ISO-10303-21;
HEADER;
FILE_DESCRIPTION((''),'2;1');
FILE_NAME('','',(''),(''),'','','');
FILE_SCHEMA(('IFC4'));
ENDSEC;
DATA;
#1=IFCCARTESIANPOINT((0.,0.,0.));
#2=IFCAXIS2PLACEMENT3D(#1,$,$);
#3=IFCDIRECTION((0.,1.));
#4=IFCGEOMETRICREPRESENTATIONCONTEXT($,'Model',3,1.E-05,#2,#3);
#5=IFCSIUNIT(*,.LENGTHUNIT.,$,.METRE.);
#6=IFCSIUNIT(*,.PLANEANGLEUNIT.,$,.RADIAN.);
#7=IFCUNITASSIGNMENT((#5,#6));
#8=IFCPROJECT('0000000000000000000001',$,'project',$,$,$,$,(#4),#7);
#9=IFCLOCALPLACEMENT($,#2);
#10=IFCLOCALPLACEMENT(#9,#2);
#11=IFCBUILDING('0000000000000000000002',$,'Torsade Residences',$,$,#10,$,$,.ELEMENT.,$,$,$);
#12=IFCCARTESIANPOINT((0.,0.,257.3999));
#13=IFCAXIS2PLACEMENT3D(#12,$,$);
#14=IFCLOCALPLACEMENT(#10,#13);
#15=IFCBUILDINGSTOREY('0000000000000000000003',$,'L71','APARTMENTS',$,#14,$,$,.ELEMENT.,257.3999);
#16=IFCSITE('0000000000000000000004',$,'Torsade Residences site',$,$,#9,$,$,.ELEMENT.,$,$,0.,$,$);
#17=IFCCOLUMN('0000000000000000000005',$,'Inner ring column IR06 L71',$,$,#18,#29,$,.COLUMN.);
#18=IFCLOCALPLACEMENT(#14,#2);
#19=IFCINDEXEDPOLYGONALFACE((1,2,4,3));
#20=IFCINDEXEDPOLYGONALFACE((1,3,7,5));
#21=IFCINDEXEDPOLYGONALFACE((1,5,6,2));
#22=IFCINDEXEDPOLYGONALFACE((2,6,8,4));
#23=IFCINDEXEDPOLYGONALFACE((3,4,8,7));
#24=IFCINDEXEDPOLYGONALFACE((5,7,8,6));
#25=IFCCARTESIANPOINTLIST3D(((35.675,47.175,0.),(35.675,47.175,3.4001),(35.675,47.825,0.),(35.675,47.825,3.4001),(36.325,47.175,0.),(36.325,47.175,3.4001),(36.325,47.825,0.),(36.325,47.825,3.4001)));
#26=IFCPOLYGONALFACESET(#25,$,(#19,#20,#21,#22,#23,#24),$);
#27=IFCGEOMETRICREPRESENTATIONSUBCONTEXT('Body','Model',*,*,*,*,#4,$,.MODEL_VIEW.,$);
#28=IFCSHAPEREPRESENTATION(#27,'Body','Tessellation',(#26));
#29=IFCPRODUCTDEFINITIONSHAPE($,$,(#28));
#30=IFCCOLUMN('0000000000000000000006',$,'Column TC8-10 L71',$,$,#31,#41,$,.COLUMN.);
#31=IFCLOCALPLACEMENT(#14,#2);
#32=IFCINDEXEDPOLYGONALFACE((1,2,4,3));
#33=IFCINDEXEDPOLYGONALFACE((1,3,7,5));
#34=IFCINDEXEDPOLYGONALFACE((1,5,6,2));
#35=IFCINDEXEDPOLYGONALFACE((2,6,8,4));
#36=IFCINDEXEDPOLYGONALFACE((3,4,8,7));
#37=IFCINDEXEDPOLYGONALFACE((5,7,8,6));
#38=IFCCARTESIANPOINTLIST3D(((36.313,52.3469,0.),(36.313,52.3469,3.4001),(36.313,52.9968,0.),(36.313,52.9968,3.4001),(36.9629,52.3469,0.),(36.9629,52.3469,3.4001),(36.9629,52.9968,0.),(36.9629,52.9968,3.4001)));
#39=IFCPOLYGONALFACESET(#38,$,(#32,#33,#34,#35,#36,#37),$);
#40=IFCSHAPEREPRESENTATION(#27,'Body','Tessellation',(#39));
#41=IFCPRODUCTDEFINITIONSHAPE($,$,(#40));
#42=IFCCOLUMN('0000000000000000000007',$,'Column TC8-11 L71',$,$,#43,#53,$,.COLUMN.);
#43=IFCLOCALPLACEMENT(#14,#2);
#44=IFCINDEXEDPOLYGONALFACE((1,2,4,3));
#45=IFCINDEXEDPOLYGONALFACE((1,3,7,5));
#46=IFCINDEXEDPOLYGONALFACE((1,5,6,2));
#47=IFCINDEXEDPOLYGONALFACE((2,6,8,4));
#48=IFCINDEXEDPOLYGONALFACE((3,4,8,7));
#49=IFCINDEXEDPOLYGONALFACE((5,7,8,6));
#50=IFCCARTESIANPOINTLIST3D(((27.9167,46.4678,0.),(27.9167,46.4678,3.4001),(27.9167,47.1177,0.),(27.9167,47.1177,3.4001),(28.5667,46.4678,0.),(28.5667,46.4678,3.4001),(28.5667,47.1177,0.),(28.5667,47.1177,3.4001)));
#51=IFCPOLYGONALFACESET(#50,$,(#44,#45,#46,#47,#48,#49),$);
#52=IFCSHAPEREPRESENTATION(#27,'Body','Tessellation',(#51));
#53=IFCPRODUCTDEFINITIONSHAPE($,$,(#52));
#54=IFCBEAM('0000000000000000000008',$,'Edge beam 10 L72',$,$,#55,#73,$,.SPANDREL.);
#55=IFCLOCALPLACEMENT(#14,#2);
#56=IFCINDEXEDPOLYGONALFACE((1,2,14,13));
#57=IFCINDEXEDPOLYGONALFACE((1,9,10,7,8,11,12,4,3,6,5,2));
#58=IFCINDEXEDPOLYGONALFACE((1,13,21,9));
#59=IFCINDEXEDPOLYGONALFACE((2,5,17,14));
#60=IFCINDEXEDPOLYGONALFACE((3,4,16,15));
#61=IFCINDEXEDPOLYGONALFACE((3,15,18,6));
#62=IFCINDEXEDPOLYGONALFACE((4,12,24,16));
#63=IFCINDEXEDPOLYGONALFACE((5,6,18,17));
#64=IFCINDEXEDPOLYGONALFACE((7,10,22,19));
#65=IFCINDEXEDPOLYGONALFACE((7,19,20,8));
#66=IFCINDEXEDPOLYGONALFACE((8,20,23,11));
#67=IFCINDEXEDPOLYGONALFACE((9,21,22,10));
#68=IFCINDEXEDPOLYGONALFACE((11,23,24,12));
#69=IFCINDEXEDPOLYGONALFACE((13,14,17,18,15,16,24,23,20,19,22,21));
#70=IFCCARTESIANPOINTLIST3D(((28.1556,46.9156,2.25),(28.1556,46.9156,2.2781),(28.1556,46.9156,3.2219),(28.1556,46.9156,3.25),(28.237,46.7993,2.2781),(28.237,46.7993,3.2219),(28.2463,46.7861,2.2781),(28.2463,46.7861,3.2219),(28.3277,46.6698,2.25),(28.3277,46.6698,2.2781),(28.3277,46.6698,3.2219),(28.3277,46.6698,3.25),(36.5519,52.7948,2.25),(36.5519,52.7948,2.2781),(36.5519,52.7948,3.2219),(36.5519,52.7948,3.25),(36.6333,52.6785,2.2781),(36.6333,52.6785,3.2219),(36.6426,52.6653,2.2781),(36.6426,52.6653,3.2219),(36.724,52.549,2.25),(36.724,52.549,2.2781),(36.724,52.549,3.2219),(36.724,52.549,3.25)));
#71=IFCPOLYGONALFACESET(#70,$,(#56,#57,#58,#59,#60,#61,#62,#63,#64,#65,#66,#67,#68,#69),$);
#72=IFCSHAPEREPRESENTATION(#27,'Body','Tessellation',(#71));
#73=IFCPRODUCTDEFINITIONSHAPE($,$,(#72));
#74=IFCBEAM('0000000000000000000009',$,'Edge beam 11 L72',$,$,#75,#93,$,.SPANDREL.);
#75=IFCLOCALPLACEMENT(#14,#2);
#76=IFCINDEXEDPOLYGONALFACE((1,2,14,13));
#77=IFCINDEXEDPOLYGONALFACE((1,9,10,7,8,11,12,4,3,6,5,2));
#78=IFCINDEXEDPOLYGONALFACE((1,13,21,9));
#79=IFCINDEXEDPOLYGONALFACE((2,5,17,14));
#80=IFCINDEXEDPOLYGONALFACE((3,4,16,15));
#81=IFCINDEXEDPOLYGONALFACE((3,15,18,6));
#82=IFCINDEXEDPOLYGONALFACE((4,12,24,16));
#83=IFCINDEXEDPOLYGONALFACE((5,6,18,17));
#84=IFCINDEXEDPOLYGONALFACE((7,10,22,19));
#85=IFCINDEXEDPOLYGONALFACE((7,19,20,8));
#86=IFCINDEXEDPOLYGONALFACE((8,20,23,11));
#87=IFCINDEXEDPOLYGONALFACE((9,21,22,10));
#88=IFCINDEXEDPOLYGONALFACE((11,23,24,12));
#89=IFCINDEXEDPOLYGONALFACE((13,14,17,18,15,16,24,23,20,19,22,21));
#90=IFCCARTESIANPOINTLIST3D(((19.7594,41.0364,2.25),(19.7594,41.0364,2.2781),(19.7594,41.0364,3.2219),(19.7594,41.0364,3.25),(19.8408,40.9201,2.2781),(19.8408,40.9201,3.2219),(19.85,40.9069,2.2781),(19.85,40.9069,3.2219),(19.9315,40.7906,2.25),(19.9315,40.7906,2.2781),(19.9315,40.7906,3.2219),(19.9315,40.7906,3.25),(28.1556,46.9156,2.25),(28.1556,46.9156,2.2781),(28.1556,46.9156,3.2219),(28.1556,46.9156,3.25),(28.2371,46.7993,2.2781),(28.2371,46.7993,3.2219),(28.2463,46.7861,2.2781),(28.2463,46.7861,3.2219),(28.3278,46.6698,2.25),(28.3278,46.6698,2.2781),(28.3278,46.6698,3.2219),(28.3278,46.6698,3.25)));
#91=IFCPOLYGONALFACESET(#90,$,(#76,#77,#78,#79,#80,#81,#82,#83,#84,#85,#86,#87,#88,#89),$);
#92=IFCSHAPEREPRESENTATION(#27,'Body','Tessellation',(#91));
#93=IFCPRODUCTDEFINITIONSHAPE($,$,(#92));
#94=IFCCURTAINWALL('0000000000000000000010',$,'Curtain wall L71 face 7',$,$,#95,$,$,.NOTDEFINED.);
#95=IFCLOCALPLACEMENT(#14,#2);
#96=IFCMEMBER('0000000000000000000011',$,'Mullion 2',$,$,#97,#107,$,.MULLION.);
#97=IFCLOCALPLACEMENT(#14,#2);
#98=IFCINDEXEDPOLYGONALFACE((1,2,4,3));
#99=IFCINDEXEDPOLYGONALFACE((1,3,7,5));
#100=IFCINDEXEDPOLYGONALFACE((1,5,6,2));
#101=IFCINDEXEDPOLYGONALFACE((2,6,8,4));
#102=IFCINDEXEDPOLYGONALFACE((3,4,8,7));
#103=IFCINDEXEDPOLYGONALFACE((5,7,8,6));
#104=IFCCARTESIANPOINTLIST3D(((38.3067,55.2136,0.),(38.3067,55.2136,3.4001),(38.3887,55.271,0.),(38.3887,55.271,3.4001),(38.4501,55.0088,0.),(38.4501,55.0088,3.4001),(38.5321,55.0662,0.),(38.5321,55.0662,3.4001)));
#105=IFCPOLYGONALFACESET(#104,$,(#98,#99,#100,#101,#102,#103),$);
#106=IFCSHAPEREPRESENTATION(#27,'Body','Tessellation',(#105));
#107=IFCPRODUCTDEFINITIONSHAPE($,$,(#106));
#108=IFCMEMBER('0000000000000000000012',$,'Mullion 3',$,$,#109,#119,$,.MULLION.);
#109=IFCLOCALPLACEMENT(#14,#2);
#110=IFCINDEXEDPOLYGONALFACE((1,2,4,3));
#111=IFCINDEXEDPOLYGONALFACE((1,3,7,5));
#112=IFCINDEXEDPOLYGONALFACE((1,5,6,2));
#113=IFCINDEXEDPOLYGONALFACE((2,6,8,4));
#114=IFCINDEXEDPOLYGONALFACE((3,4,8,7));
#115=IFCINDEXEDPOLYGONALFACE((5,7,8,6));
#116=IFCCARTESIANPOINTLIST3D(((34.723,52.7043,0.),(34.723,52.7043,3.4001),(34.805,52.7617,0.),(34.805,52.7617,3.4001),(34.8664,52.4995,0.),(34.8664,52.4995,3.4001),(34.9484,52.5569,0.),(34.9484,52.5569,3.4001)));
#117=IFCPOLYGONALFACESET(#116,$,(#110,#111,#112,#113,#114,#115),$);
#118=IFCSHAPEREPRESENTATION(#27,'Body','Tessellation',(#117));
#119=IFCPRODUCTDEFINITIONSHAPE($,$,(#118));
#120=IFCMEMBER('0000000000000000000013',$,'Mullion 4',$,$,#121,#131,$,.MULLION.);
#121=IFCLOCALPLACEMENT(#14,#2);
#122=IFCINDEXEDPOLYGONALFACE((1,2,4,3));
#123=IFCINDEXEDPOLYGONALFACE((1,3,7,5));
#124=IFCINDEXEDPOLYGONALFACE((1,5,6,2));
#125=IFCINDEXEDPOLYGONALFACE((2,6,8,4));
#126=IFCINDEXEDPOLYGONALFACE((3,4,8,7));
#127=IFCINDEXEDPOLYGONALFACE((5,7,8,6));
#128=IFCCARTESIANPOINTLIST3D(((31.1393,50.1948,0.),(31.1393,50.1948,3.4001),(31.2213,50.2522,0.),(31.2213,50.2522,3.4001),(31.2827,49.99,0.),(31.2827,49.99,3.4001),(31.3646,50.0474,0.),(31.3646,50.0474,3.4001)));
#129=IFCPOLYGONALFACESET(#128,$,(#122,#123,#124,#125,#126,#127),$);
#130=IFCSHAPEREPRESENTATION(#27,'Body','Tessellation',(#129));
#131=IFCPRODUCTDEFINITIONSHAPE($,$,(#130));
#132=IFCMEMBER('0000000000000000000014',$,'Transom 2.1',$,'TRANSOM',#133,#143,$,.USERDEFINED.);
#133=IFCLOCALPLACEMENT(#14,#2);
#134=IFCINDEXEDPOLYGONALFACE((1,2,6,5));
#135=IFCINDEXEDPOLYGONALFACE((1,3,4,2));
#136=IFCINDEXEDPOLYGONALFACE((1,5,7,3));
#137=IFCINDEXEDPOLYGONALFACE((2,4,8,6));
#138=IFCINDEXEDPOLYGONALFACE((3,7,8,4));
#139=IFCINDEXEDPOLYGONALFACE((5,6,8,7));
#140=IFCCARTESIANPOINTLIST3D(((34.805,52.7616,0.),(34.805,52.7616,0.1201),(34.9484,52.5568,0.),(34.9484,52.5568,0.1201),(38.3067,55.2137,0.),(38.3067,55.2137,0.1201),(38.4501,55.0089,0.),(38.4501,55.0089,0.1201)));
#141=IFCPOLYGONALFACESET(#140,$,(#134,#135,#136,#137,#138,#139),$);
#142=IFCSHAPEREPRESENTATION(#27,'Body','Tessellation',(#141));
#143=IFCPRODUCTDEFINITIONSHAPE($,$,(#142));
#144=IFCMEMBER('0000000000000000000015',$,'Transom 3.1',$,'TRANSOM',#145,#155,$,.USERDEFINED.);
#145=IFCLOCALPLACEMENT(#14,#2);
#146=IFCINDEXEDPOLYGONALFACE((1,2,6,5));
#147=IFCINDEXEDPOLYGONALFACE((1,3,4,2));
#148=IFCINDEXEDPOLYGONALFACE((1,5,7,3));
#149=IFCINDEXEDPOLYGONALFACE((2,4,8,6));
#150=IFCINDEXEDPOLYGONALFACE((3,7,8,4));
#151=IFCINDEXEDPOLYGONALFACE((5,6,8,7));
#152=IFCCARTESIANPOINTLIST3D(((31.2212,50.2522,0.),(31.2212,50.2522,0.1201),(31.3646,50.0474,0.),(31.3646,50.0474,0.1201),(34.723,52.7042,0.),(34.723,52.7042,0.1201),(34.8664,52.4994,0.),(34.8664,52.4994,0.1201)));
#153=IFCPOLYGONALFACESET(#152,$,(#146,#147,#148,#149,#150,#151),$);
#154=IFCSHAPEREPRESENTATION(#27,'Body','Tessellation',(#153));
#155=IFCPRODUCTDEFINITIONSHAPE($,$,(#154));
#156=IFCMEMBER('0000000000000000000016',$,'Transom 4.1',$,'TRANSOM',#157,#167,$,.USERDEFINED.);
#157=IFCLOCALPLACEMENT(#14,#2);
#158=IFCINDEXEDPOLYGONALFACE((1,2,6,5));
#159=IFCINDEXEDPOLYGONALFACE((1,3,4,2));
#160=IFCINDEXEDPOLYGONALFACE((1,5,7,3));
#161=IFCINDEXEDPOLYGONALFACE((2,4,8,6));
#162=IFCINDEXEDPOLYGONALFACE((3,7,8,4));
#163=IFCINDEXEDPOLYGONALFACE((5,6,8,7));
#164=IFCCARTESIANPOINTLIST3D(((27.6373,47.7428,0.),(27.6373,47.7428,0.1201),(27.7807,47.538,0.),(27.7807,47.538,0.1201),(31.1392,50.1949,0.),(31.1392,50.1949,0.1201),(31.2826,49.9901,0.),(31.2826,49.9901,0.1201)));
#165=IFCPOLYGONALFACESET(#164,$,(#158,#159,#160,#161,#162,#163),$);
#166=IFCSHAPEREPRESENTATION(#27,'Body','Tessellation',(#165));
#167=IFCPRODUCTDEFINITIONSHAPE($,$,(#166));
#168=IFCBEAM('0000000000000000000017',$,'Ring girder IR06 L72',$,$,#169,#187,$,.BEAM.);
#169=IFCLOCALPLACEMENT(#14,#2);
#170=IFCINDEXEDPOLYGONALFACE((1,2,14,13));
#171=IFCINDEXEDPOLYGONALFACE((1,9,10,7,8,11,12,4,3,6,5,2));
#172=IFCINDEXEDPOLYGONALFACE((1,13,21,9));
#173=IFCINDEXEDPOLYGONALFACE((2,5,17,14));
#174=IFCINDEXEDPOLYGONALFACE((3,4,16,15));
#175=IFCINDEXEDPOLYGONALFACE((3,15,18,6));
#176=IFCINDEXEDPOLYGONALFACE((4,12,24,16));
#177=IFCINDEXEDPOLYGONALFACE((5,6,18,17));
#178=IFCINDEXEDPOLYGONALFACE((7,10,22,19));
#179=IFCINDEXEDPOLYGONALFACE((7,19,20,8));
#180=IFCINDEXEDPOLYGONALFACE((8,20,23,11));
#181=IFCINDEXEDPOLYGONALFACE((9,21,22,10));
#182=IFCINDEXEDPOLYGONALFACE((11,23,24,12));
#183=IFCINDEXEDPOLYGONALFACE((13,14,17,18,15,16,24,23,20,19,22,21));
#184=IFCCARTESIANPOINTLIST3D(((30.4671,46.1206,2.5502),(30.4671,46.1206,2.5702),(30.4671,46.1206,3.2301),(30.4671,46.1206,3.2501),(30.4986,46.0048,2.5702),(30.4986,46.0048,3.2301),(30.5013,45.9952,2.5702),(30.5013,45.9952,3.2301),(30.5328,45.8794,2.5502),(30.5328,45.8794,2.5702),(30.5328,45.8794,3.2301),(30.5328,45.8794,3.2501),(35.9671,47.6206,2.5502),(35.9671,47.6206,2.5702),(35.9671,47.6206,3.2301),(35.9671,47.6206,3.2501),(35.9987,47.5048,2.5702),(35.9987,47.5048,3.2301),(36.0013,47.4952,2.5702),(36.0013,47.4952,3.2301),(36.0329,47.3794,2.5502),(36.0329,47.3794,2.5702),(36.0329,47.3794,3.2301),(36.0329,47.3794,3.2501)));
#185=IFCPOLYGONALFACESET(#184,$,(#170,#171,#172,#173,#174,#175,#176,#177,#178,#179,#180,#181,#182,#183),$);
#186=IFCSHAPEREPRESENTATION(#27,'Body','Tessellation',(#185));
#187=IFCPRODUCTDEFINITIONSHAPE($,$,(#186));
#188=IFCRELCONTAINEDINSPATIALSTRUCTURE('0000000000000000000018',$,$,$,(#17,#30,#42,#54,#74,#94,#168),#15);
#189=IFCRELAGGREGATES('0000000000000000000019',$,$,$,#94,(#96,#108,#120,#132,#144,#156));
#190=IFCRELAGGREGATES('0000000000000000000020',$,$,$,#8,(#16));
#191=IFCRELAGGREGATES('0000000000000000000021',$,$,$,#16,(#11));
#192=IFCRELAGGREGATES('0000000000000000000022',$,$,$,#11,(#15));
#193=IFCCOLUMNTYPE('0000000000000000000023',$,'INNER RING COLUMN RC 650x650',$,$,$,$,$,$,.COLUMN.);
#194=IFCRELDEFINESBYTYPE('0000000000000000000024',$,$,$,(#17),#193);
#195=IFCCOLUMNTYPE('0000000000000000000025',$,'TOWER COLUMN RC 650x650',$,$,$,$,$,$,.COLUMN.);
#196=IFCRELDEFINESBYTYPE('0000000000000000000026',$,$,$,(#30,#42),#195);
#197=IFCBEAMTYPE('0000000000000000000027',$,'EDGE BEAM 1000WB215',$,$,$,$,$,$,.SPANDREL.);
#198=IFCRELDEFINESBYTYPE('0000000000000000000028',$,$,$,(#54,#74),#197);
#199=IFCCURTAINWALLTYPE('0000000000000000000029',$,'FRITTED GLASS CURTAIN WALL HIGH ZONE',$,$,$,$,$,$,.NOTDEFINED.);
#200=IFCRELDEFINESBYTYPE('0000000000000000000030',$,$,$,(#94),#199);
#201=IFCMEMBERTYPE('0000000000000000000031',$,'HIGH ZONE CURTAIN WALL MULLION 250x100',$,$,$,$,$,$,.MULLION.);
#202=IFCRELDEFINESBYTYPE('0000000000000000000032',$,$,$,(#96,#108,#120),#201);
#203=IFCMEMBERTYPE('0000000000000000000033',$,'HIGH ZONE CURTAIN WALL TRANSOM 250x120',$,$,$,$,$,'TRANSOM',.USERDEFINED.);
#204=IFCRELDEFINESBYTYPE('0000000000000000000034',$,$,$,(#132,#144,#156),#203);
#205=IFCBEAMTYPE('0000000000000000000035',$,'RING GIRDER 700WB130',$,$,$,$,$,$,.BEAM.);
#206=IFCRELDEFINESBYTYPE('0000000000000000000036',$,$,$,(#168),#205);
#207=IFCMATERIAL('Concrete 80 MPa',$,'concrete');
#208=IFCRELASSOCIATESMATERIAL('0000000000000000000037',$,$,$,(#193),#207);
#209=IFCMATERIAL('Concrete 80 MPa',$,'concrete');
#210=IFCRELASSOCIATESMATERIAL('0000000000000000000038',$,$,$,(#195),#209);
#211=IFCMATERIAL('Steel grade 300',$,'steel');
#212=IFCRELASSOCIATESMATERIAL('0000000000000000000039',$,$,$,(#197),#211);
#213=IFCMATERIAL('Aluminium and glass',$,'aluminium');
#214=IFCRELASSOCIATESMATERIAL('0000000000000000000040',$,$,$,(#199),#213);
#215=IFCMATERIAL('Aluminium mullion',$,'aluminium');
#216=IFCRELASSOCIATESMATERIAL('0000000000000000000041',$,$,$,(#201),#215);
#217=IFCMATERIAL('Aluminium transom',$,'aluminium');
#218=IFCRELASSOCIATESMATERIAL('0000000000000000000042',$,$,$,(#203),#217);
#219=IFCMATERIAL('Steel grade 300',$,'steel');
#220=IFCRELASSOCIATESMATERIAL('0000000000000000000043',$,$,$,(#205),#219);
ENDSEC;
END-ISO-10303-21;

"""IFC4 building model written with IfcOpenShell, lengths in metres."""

from ifc_helpers import new_model, si_unit, direction, frame, origin, origin_2d, place, context, subcontext, project, spatial, rectangle, i_section, extrude, material, material_profile, profile_set, type_object, element, aggregate, save


model = new_model("IFC4")

# Units and contexts
model_context = context("Model", 3, precision=1e-05, world=origin(), true_north=direction((0.0, 1.0)))
body_context = subcontext(model_context, "Body", "Model", "MODEL_VIEW")
ifc_project = project(units=[si_unit("LENGTHUNIT", "METRE"), si_unit("PLANEANGLEUNIT", "RADIAN")], contexts=[model_context])

# Site, building, storey
site_placement = place(None, origin())
site = spatial("IfcSite", under=ifc_project, at=site_placement, Name="Torsade Residences site", CompositionType="ELEMENT", RefElevation=0.0)
building_placement = place(site_placement, origin())
building = spatial("IfcBuilding", under=site, at=building_placement, Name="Torsade Residences", CompositionType="ELEMENT")
storey_placement = place(building_placement, frame((0.0, 0.0, 257.3999)))
storey = spatial("IfcBuildingStorey", under=building, at=storey_placement, Name="L71", Description="APARTMENTS", CompositionType="ELEMENT", Elevation=257.3999)

# Columns
ifc_material_1 = material(Name="Concrete 80 MPa", Category="concrete")
ifc_material_profile_1 = material_profile(ifc_material_1, rectangle(XDim=0.6499, YDim=0.6499, at=origin_2d()), Name="RC 650x650")
ifc_profile_set_1 = profile_set([ifc_material_profile_1], Name="Concrete 80 MPa")
column_type_1 = type_object("IfcColumnType", Name="INNER RING COLUMN RC 650x650", PredefinedType="COLUMN", material=ifc_profile_set_1)
column_placement = place(storey_placement, frame((36.0, 47.5, 0.0), z_axis=(0.0, 0.0, 1.0), x_axis=(1.0, 0.0, 0.0)))
element("IfcColumn", 1, at=column_placement, inside=storey, type_object=column_type_1, Name="Inner ring column IR06 L71", PredefinedType="COLUMN", context=body_context, shape_type="SweptSolid", body=[
    extrude(rectangle(XDim=0.6499, YDim=0.6499, at=origin_2d()), origin(), (0.0, 0.0, 1.0), 3.4001),
])
ifc_material_2 = material(Name="Concrete 80 MPa", Category="concrete")
ifc_material_profile_2 = material_profile(ifc_material_2, rectangle(XDim=0.6499, YDim=0.6499, at=origin_2d()), Name="RC 650x650")
ifc_profile_set_2 = profile_set([ifc_material_profile_2], Name="Concrete 80 MPa")
column_type_2 = type_object("IfcColumnType", Name="TOWER COLUMN RC 650x650", PredefinedType="COLUMN", material=ifc_profile_set_2)
for number, where, z_axis, x_axis, name in (
    (2, (36.6379, 52.6719, 0.0), (0.0, 0.0, 1.0), (1.0, 0.0, 0.0), "Column TC8-10 L71"),
    (3, (28.2417, 46.7927, 0.0), (0.0, 0.0, 1.0), (1.0, 0.0, 0.0), "Column TC8-11 L71"),
):
    element("IfcColumn", number, at=place(storey_placement, frame(where, z_axis=z_axis, x_axis=x_axis)), inside=storey, type_object=column_type_2, Name=name, PredefinedType="COLUMN", context=body_context, shape_type="SweptSolid", body=[
        extrude(rectangle(XDim=0.6499, YDim=0.6499, at=origin_2d()), origin(), (0.0, 0.0, 1.0), 3.4001),
    ])

# Beams
ifc_material_3 = material(Name="Steel grade 300", Category="steel")
ifc_material_profile_3 = material_profile(ifc_material_3, i_section(OverallWidth=0.3, OverallDepth=1.0, WebThickness=0.0161, FlangeThickness=0.0281, at=origin_2d()), Name="1000WB215")
ifc_profile_set_3 = profile_set([ifc_material_profile_3], Name="Steel grade 300")
beam_type_1 = type_object("IfcBeamType", Name="EDGE BEAM 1000WB215", PredefinedType="SPANDREL", material=ifc_profile_set_3)
for number, where, z_axis, x_axis, name in (
    (4, (36.6379, 52.6719, 2.75), (-0.81915, -0.573579, 0.0), (0.573579, -0.81915, 0.0), "Edge beam 10 L72"),
    (5, (28.2417, 46.7927, 2.75), (-0.81915, -0.573579, 0.0), (0.573579, -0.81915, 0.0), "Edge beam 11 L72"),
):
    element("IfcBeam", number, at=place(storey_placement, frame(where, z_axis=z_axis, x_axis=x_axis)), inside=storey, type_object=beam_type_1, Name=name, PredefinedType="SPANDREL", context=body_context, shape_type="SweptSolid", body=[
        extrude(i_section(OverallWidth=0.3, OverallDepth=1.0, WebThickness=0.0161, FlangeThickness=0.0281, at=origin_2d()), origin(), (0.0, 0.0, 1.0), 10.25),
    ])

# Curtain wall, members
ifc_material_4 = material(Name="Aluminium and glass", Category="aluminium")
curtain_wall_type = type_object("IfcCurtainWallType", Name="FRITTED GLASS CURTAIN WALL HIGH ZONE", PredefinedType="NOTDEFINED", material=ifc_material_4)
curtain_wall_placement = place(storey_placement, origin())
curtain_wall = element("IfcCurtainWall", 6, at=curtain_wall_placement, inside=storey, type_object=curtain_wall_type, Name="Curtain wall L71 face 7", PredefinedType="NOTDEFINED")
ifc_material_5 = material(Name="Aluminium mullion", Category="aluminium")
ifc_material_profile_4 = material_profile(ifc_material_5, rectangle(XDim=0.25, YDim=0.1001, at=origin_2d()), Name="HIGH ZONE CURTAIN WALL MULLION 250x100")
ifc_profile_set_4 = profile_set([ifc_material_profile_4], Name="Aluminium mullion")
member_type_1 = type_object("IfcMemberType", Name="HIGH ZONE CURTAIN WALL MULLION 250x100", PredefinedType="MULLION", material=ifc_profile_set_4)
member_1_placement = place(storey_placement, frame((38.4194, 55.1399, 0.0), z_axis=(0.0, 0.0, 1.0), x_axis=(0.573576, -0.819152, 0.0)))
member_1 = element("IfcMember", 7, at=member_1_placement, type_object=member_type_1, Name="Mullion 2", PredefinedType="MULLION", context=body_context, shape_type="SweptSolid", body=[
    extrude(rectangle(XDim=0.25, YDim=0.1001, at=origin_2d()), origin(), (0.0, 0.0, 1.0), 3.4001),
])
member_2_placement = place(storey_placement, frame((34.8357, 52.6306, 0.0), z_axis=(0.0, 0.0, 1.0), x_axis=(0.573576, -0.819152, 0.0)))
member_2 = element("IfcMember", 8, at=member_2_placement, type_object=member_type_1, Name="Mullion 3", PredefinedType="MULLION", context=body_context, shape_type="SweptSolid", body=[
    extrude(rectangle(XDim=0.25, YDim=0.1001, at=origin_2d()), origin(), (0.0, 0.0, 1.0), 3.4001),
])
member_3_placement = place(storey_placement, frame((31.252, 50.1211, 0.0), z_axis=(0.0, 0.0, 1.0), x_axis=(0.573576, -0.819152, 0.0)))
member_3 = element("IfcMember", 9, at=member_3_placement, type_object=member_type_1, Name="Mullion 4", PredefinedType="MULLION", context=body_context, shape_type="SweptSolid", body=[
    extrude(rectangle(XDim=0.25, YDim=0.1001, at=origin_2d()), origin(), (0.0, 0.0, 1.0), 3.4001),
])
ifc_material_6 = material(Name="Aluminium transom", Category="aluminium")
ifc_material_profile_5 = material_profile(ifc_material_6, rectangle(XDim=0.25, YDim=0.1201, at=origin_2d()), Name="HIGH ZONE CURTAIN WALL TRANSOM 250x120")
ifc_profile_set_5 = profile_set([ifc_material_profile_5], Name="Aluminium transom")
member_type_2 = type_object("IfcMemberType", Name="HIGH ZONE CURTAIN WALL TRANSOM 250x120", ElementType="TRANSOM", PredefinedType="USERDEFINED", material=ifc_profile_set_5)
member_4_placement = place(storey_placement, frame((38.3784, 55.1113, 0.0601), z_axis=(-0.819127, -0.573612, 0.0), x_axis=(0.573612, -0.819127, 0.0)))
member_4 = element("IfcMember", 10, at=member_4_placement, type_object=member_type_2, Name="Transom 2.1", ObjectType="TRANSOM", PredefinedType="USERDEFINED", context=body_context, shape_type="SweptSolid", body=[
    extrude(rectangle(XDim=0.25, YDim=0.1201, at=origin_2d()), origin(), (0.0, 0.0, 1.0), 4.2749),
])
member_5_placement = place(storey_placement, frame((34.7947, 52.6018, 0.0601), z_axis=(-0.819154, -0.573573, 0.0), x_axis=(0.573573, -0.819154, 0.0)))
member_5 = element("IfcMember", 11, at=member_5_placement, type_object=member_type_2, Name="Transom 3.1", ObjectType="TRANSOM", PredefinedType="USERDEFINED", context=body_context, shape_type="SweptSolid", body=[
    extrude(rectangle(XDim=0.25, YDim=0.1201, at=origin_2d()), origin(), (0.0, 0.0, 1.0), 4.2749),
])
member_6_placement = place(storey_placement, frame((31.2109, 50.0925, 0.0601), z_axis=(-0.819146, -0.573585, 0.0), x_axis=(0.573585, -0.819146, 0.0)))
member_6 = element("IfcMember", 12, at=member_6_placement, type_object=member_type_2, Name="Transom 4.1", ObjectType="TRANSOM", PredefinedType="USERDEFINED", context=body_context, shape_type="SweptSolid", body=[
    extrude(rectangle(XDim=0.25, YDim=0.1201, at=origin_2d()), origin(), (0.0, 0.0, 1.0), 4.2751),
])

# Beam
ifc_material_7 = material(Name="Steel grade 300", Category="steel")
ifc_material_profile_6 = material_profile(ifc_material_7, i_section(OverallWidth=0.25, OverallDepth=0.7, WebThickness=0.01, FlangeThickness=0.02, at=origin_2d()), Name="700WB130")
ifc_profile_set_6 = profile_set([ifc_material_profile_6], Name="Steel grade 300")
beam_type_2 = type_object("IfcBeamType", Name="RING GIRDER 700WB130", PredefinedType="BEAM", material=ifc_profile_set_6)
beam_1_placement = place(storey_placement, frame((36.0, 47.5, 2.9001), z_axis=(-0.964764, -0.263117, 0.0), x_axis=(0.263117, -0.964764, 0.0)))
element("IfcBeam", 13, at=beam_1_placement, inside=storey, type_object=beam_type_2, Name="Ring girder IR06 L72", PredefinedType="BEAM", context=body_context, shape_type="SweptSolid", body=[
    extrude(i_section(OverallWidth=0.25, OverallDepth=0.7, WebThickness=0.01, FlangeThickness=0.02, at=origin_2d()), origin(), (0.0, 0.0, 1.0), 5.7009),
])

aggregate(curtain_wall, [member_1, member_2, member_3, member_4, member_5, member_6])

save(model, "model.ifc")
